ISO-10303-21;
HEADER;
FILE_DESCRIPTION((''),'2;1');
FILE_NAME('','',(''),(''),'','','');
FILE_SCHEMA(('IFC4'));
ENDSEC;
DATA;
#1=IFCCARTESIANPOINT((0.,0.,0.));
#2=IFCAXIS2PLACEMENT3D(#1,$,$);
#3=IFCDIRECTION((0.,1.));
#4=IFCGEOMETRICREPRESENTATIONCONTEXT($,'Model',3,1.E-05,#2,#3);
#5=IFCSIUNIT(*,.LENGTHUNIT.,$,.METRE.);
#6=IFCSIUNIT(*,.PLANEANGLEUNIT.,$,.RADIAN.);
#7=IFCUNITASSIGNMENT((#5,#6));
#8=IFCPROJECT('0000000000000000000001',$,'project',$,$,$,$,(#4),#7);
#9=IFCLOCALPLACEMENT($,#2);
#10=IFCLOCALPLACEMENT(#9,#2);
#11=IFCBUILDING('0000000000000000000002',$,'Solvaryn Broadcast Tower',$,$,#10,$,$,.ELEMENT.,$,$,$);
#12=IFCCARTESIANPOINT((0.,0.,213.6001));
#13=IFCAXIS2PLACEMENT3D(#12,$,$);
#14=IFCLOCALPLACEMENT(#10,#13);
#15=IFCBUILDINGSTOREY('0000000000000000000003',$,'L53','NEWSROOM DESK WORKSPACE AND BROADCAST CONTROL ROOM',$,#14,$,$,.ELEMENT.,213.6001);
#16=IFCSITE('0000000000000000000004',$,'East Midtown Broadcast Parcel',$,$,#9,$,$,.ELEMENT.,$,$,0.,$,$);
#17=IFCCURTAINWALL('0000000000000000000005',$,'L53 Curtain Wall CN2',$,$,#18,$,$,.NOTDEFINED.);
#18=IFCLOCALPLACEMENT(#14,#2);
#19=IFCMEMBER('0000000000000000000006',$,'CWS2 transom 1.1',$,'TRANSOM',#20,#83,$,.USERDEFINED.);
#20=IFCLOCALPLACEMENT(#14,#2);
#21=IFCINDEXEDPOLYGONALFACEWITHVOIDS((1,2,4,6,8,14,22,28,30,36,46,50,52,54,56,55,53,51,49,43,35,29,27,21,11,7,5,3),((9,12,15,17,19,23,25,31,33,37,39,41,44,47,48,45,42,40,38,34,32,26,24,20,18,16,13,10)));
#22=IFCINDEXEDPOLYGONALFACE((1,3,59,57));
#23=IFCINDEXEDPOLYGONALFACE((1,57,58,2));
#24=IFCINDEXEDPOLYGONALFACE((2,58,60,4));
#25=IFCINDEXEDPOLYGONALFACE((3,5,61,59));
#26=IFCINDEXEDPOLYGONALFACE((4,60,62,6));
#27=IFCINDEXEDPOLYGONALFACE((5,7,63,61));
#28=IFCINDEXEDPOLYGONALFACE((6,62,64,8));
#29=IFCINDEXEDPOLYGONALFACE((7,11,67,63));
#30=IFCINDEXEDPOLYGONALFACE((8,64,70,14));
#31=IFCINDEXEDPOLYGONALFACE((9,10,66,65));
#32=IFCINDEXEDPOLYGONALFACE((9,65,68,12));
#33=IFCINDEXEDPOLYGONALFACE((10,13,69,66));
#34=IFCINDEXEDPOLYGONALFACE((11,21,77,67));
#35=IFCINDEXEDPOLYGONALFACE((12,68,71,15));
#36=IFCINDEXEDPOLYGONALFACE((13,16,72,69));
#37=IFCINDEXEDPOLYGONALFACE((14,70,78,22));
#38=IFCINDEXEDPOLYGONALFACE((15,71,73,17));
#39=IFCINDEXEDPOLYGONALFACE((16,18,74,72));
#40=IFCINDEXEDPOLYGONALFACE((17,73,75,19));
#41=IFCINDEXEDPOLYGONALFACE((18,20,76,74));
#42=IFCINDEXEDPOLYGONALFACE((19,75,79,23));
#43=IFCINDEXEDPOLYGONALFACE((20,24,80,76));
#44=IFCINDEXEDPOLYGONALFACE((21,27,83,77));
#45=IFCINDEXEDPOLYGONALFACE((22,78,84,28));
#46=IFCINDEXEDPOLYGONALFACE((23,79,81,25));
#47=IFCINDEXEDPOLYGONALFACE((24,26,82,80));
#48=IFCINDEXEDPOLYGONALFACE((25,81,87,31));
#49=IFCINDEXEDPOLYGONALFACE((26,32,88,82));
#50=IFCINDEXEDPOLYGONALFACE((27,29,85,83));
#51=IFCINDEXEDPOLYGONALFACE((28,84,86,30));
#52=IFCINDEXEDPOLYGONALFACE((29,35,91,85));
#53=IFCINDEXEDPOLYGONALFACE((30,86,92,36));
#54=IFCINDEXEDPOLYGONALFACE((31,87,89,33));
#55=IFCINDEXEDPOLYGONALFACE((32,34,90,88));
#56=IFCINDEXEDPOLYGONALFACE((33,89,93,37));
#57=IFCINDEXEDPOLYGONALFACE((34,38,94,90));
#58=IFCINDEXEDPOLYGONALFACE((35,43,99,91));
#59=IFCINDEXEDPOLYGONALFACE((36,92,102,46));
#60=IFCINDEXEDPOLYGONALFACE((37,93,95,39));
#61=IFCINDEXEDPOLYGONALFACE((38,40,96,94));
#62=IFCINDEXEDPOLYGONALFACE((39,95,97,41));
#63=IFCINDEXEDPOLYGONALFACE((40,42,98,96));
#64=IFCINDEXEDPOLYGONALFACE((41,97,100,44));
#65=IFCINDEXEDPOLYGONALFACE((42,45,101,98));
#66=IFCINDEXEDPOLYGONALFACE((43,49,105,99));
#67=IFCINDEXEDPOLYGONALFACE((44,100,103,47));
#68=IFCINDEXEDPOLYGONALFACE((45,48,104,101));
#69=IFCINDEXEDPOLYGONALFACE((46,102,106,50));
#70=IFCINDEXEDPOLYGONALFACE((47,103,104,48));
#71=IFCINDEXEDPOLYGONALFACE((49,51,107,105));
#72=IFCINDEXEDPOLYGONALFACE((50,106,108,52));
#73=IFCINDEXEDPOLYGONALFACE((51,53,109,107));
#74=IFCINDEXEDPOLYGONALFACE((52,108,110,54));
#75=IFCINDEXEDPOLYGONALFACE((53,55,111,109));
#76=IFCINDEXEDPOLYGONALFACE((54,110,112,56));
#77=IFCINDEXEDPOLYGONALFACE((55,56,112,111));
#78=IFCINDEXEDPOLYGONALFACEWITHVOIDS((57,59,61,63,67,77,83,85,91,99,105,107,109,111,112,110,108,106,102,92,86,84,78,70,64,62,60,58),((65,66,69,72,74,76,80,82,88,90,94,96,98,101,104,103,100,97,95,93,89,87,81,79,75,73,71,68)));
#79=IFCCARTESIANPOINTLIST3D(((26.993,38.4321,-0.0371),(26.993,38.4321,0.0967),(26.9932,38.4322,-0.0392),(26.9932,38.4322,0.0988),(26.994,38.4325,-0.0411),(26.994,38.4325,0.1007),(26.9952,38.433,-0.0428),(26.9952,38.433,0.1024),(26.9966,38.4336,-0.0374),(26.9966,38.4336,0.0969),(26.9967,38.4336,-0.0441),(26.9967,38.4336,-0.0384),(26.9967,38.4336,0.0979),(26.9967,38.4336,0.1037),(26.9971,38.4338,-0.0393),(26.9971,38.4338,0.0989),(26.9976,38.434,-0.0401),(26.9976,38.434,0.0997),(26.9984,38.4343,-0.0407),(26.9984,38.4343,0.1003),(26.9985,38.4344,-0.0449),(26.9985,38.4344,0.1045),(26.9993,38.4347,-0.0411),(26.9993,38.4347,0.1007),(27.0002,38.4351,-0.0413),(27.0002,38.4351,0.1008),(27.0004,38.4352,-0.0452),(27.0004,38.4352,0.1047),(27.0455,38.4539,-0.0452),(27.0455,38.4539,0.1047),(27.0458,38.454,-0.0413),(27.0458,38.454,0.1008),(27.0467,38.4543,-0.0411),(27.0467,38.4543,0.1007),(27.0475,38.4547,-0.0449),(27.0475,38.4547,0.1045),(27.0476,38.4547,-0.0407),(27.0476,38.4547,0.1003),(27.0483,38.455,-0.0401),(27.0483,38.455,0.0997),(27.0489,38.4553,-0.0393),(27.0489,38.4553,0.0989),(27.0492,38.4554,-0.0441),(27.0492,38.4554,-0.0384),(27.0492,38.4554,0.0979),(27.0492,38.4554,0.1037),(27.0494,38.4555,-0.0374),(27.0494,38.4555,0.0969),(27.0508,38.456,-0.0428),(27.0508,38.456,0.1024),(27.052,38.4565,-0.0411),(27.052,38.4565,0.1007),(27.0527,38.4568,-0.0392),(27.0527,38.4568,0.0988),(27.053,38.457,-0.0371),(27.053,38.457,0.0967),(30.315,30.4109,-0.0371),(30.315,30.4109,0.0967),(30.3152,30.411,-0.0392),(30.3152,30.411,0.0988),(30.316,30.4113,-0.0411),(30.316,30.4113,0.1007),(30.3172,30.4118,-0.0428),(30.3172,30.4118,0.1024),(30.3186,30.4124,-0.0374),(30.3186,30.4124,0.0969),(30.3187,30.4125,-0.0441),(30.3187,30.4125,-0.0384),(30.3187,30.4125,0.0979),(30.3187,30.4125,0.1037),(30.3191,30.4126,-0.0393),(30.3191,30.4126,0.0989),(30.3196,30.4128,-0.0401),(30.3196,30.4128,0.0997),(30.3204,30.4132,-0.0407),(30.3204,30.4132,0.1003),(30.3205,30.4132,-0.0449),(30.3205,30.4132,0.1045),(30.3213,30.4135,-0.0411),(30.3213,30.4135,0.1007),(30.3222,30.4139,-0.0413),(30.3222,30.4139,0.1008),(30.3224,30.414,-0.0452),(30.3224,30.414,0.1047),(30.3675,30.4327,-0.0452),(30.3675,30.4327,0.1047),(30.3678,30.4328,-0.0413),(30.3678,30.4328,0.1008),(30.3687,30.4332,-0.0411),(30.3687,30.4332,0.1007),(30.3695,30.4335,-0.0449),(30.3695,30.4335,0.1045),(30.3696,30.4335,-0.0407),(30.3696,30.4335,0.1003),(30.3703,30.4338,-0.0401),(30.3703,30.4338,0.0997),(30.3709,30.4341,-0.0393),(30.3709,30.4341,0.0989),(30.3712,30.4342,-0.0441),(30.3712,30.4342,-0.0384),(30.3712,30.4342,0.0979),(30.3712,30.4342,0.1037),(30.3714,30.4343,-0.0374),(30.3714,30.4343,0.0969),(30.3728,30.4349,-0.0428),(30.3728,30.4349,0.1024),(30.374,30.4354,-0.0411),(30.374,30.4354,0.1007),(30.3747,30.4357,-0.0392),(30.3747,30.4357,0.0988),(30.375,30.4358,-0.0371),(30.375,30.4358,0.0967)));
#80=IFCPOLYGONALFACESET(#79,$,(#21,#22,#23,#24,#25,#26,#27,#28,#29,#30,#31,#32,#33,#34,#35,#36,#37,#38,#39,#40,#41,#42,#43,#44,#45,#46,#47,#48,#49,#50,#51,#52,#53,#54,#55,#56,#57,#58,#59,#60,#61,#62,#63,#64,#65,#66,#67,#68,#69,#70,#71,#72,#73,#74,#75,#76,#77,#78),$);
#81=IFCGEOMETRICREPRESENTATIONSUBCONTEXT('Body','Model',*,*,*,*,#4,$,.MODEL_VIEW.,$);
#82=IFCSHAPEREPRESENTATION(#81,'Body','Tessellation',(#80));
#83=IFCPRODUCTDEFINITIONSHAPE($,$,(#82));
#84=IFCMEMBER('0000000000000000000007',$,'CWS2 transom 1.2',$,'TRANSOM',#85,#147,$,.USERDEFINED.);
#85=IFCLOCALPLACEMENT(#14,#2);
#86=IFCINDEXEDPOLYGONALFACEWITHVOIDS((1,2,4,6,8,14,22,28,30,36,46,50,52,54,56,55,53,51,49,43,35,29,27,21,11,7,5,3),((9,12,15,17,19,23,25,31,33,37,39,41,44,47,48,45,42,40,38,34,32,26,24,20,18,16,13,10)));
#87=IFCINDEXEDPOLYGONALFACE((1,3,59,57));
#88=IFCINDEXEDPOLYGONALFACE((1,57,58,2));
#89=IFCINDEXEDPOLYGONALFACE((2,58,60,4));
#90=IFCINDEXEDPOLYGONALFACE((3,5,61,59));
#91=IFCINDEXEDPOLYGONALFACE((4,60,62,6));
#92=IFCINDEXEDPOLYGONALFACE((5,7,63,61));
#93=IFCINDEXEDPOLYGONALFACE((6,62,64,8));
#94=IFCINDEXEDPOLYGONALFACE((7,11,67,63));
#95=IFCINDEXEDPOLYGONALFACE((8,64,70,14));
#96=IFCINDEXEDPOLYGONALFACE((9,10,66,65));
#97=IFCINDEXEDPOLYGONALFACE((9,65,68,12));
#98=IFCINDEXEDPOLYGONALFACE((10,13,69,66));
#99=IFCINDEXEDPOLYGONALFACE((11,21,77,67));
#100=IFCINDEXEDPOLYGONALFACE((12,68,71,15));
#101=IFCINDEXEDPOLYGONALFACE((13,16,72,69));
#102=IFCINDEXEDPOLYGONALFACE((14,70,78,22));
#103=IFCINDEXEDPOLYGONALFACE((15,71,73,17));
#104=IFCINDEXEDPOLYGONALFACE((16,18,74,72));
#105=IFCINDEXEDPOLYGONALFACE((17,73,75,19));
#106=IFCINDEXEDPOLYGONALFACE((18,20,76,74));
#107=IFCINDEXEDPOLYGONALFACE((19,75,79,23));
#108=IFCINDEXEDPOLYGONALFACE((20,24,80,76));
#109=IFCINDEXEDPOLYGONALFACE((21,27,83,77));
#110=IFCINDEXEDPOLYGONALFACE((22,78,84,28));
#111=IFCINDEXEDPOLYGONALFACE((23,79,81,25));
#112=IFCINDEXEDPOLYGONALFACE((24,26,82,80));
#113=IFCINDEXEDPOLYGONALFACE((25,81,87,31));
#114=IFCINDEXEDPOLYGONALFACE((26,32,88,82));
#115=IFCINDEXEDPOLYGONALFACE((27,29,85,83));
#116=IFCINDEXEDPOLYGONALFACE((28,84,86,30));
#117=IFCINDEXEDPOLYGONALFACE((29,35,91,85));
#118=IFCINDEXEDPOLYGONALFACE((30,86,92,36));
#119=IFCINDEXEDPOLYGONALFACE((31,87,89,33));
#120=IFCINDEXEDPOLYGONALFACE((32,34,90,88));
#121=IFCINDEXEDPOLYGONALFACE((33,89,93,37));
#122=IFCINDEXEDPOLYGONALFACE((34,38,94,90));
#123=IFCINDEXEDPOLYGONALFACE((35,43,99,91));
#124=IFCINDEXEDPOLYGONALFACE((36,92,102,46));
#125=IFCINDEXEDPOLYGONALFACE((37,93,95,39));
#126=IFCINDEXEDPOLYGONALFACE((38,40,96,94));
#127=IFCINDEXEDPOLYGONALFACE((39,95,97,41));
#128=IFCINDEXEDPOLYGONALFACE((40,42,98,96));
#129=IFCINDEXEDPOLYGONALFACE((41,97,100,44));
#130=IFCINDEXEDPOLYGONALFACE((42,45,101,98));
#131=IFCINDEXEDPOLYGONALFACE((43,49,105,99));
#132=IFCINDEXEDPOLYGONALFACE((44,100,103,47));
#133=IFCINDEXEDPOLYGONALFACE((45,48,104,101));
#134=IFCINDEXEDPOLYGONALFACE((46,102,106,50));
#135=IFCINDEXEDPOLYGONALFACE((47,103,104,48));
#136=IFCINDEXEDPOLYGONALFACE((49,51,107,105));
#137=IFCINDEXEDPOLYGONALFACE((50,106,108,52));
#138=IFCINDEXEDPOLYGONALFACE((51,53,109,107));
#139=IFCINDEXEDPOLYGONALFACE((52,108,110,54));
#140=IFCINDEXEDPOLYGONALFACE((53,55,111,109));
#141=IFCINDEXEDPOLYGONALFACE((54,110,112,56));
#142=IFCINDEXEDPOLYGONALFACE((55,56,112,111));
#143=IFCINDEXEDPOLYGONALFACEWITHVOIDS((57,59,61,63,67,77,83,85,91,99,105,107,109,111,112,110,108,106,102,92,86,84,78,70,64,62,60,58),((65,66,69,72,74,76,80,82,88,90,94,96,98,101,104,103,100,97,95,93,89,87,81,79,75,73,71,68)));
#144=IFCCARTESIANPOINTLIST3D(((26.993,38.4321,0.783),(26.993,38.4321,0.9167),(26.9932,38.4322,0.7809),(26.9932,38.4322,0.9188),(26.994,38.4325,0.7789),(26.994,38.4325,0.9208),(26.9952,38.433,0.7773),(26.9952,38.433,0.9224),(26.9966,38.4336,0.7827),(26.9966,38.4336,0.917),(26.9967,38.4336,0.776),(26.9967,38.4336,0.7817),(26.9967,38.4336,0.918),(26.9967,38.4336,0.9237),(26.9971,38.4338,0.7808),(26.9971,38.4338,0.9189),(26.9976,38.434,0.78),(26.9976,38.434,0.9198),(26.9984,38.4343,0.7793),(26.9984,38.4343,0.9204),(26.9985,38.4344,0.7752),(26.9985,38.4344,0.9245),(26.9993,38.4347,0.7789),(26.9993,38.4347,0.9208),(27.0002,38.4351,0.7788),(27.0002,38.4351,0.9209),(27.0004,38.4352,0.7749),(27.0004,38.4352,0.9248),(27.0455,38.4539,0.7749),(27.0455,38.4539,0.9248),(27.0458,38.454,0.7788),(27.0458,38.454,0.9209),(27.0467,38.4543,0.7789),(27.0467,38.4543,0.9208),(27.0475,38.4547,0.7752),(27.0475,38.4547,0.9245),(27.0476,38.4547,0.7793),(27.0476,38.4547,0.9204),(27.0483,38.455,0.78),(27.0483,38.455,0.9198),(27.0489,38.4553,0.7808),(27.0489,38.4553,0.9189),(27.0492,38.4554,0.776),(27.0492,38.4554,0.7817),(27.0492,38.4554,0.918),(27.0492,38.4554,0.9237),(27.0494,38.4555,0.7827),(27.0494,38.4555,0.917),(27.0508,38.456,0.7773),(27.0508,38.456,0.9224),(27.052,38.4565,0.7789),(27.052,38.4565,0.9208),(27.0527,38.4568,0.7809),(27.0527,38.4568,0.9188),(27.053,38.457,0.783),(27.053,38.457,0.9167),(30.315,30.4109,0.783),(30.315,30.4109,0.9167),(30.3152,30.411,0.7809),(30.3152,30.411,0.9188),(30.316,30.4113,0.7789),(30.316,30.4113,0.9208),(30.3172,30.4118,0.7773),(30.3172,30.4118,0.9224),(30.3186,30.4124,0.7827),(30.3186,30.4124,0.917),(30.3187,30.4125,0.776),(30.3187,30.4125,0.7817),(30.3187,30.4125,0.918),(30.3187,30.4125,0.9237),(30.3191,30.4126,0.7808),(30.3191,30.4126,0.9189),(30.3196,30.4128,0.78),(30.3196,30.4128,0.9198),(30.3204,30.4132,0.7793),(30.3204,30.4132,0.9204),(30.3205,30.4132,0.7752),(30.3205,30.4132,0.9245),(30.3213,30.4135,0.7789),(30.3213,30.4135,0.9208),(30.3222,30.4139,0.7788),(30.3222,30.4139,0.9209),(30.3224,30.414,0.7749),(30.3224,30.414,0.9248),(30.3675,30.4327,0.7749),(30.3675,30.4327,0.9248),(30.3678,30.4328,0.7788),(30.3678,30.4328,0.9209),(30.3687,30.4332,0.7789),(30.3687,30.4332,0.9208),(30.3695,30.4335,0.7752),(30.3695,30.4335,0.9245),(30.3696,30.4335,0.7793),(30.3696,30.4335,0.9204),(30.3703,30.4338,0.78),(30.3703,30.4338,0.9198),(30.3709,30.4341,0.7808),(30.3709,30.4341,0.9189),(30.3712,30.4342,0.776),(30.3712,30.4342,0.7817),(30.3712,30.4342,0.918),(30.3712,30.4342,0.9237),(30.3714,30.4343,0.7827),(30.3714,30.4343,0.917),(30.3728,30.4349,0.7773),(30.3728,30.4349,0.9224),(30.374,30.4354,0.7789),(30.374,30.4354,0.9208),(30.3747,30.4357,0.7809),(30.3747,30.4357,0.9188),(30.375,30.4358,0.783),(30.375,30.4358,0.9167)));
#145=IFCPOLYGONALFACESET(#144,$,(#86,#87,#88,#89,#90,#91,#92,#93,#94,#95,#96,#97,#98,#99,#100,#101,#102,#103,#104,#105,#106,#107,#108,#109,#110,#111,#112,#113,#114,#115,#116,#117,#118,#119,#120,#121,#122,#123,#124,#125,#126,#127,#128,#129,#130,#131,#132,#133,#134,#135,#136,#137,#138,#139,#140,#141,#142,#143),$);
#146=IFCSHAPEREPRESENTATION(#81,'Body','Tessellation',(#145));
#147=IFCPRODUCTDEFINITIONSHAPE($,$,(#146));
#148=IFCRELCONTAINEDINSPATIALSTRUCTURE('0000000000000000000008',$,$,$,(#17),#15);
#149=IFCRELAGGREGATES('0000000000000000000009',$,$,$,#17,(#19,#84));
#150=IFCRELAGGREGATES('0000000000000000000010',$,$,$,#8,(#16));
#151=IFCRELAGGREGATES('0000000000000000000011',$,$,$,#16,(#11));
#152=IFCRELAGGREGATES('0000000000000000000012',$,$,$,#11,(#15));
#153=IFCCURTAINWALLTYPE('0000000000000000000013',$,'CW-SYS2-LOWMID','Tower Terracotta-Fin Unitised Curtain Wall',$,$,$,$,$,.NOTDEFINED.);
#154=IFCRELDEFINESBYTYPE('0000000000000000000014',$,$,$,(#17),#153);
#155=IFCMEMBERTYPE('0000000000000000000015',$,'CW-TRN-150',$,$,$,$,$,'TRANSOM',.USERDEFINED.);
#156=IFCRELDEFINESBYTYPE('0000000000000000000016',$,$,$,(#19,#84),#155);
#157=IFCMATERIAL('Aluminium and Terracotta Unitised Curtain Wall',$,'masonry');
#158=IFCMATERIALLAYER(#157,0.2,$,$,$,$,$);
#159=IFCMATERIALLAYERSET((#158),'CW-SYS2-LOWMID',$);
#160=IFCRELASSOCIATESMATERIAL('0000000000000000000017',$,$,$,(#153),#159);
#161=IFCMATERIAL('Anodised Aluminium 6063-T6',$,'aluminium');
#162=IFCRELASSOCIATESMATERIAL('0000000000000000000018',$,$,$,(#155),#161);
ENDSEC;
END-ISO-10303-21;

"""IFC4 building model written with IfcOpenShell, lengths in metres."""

from ifc_helpers import new_model, si_unit, direction, frame, origin, origin_2d, place, context, subcontext, project, spatial, hollow_rectangle, extrude, material, layer, layer_set, material_profile, profile_set, type_object, element, aggregate, save


model = new_model("IFC4")

# Units and contexts
model_context = context("Model", 3, precision=1e-05, world=origin(), true_north=direction((0.0, 1.0)))
body_context = subcontext(model_context, "Body", "Model", "MODEL_VIEW")
ifc_project = project(units=[si_unit("LENGTHUNIT", "METRE"), si_unit("PLANEANGLEUNIT", "RADIAN")], contexts=[model_context])

# Site, building, storey
site_placement = place(None, origin())
site = spatial("IfcSite", under=ifc_project, at=site_placement, Name="East Midtown Broadcast Parcel", CompositionType="ELEMENT", RefElevation=0.0)
building_placement = place(site_placement, origin())
building = spatial("IfcBuilding", under=site, at=building_placement, Name="Solvaryn Broadcast Tower", CompositionType="ELEMENT")
storey_placement = place(building_placement, frame((0.0, 0.0, 213.6001)))
storey = spatial("IfcBuildingStorey", under=building, at=storey_placement, Name="L53", Description="NEWSROOM DESK WORKSPACE AND BROADCAST CONTROL ROOM", CompositionType="ELEMENT", Elevation=213.6001)

# Shared definitions
ifc_material_1 = material(Name="Aluminium and Terracotta Unitised Curtain Wall", Category="masonry")
ifc_layer_1 = layer(ifc_material_1, 0.2)
ifc_layer_set_1 = layer_set([ifc_layer_1], Name="CW-SYS2-LOWMID")
curtain_wall_type = type_object("IfcCurtainWallType", Name="CW-SYS2-LOWMID", Description="Tower Terracotta-Fin Unitised Curtain Wall", PredefinedType="NOTDEFINED", material=ifc_layer_set_1)

# Curtain wall, members
curtain_wall_1_placement = place(storey_placement, origin())
curtain_wall_1 = element("IfcCurtainWall", 1, at=curtain_wall_1_placement, inside=storey, type_object=curtain_wall_type, Name="L53 Curtain Wall CN2", PredefinedType="NOTDEFINED")
ifc_material_2 = material(Name="Anodised Aluminium 6063-T6", Category="aluminium")
ifc_material_profile_1 = material_profile(ifc_material_2, hollow_rectangle(XDim=0.0649, YDim=0.1499, WallThickness=0.0039, InnerFilletRadius=0.0039, OuterFilletRadius=0.0081, at=origin_2d()))
ifc_profile_set_1 = profile_set([ifc_material_profile_1], Name="Anodised Aluminium 6063-T6")
member_type_1 = type_object("IfcMemberType", Name="CW-TRN-150", ElementType="TRANSOM", PredefinedType="USERDEFINED", material=ifc_profile_set_1)
member_1_placement = place(storey_placement, frame((30.345, 30.4233, 0.0298), z_axis=(-0.382636, 0.923899, 0.0), x_axis=(-0.923899, -0.382636, 0.0)))
member_1 = element("IfcMember", 2, at=member_1_placement, type_object=member_type_1, Name="CWS2 transom 1.1", ObjectType="TRANSOM", PredefinedType="USERDEFINED", context=body_context, shape_type="SweptSolid", body=[
    extrude(hollow_rectangle(XDim=0.0649, YDim=0.1499, WallThickness=0.0039, InnerFilletRadius=0.0039, OuterFilletRadius=0.0081, at=origin_2d()), origin(), (0.0, 0.0, 1.0), 8.6819),
])
member_2_placement = place(storey_placement, frame((30.345, 30.4233, 0.8499), z_axis=(-0.382636, 0.923899, 0.0), x_axis=(-0.923899, -0.382636, 0.0)))
member_2 = element("IfcMember", 3, at=member_2_placement, type_object=member_type_1, Name="CWS2 transom 1.2", ObjectType="TRANSOM", PredefinedType="USERDEFINED", context=body_context, shape_type="SweptSolid", body=[
    extrude(hollow_rectangle(XDim=0.0649, YDim=0.1499, WallThickness=0.0039, InnerFilletRadius=0.0039, OuterFilletRadius=0.0081, at=origin_2d()), origin(), (0.0, 0.0, 1.0), 8.6819),
])

aggregate(curtain_wall_1, [member_1, member_2])

save(model, "model.ifc")
